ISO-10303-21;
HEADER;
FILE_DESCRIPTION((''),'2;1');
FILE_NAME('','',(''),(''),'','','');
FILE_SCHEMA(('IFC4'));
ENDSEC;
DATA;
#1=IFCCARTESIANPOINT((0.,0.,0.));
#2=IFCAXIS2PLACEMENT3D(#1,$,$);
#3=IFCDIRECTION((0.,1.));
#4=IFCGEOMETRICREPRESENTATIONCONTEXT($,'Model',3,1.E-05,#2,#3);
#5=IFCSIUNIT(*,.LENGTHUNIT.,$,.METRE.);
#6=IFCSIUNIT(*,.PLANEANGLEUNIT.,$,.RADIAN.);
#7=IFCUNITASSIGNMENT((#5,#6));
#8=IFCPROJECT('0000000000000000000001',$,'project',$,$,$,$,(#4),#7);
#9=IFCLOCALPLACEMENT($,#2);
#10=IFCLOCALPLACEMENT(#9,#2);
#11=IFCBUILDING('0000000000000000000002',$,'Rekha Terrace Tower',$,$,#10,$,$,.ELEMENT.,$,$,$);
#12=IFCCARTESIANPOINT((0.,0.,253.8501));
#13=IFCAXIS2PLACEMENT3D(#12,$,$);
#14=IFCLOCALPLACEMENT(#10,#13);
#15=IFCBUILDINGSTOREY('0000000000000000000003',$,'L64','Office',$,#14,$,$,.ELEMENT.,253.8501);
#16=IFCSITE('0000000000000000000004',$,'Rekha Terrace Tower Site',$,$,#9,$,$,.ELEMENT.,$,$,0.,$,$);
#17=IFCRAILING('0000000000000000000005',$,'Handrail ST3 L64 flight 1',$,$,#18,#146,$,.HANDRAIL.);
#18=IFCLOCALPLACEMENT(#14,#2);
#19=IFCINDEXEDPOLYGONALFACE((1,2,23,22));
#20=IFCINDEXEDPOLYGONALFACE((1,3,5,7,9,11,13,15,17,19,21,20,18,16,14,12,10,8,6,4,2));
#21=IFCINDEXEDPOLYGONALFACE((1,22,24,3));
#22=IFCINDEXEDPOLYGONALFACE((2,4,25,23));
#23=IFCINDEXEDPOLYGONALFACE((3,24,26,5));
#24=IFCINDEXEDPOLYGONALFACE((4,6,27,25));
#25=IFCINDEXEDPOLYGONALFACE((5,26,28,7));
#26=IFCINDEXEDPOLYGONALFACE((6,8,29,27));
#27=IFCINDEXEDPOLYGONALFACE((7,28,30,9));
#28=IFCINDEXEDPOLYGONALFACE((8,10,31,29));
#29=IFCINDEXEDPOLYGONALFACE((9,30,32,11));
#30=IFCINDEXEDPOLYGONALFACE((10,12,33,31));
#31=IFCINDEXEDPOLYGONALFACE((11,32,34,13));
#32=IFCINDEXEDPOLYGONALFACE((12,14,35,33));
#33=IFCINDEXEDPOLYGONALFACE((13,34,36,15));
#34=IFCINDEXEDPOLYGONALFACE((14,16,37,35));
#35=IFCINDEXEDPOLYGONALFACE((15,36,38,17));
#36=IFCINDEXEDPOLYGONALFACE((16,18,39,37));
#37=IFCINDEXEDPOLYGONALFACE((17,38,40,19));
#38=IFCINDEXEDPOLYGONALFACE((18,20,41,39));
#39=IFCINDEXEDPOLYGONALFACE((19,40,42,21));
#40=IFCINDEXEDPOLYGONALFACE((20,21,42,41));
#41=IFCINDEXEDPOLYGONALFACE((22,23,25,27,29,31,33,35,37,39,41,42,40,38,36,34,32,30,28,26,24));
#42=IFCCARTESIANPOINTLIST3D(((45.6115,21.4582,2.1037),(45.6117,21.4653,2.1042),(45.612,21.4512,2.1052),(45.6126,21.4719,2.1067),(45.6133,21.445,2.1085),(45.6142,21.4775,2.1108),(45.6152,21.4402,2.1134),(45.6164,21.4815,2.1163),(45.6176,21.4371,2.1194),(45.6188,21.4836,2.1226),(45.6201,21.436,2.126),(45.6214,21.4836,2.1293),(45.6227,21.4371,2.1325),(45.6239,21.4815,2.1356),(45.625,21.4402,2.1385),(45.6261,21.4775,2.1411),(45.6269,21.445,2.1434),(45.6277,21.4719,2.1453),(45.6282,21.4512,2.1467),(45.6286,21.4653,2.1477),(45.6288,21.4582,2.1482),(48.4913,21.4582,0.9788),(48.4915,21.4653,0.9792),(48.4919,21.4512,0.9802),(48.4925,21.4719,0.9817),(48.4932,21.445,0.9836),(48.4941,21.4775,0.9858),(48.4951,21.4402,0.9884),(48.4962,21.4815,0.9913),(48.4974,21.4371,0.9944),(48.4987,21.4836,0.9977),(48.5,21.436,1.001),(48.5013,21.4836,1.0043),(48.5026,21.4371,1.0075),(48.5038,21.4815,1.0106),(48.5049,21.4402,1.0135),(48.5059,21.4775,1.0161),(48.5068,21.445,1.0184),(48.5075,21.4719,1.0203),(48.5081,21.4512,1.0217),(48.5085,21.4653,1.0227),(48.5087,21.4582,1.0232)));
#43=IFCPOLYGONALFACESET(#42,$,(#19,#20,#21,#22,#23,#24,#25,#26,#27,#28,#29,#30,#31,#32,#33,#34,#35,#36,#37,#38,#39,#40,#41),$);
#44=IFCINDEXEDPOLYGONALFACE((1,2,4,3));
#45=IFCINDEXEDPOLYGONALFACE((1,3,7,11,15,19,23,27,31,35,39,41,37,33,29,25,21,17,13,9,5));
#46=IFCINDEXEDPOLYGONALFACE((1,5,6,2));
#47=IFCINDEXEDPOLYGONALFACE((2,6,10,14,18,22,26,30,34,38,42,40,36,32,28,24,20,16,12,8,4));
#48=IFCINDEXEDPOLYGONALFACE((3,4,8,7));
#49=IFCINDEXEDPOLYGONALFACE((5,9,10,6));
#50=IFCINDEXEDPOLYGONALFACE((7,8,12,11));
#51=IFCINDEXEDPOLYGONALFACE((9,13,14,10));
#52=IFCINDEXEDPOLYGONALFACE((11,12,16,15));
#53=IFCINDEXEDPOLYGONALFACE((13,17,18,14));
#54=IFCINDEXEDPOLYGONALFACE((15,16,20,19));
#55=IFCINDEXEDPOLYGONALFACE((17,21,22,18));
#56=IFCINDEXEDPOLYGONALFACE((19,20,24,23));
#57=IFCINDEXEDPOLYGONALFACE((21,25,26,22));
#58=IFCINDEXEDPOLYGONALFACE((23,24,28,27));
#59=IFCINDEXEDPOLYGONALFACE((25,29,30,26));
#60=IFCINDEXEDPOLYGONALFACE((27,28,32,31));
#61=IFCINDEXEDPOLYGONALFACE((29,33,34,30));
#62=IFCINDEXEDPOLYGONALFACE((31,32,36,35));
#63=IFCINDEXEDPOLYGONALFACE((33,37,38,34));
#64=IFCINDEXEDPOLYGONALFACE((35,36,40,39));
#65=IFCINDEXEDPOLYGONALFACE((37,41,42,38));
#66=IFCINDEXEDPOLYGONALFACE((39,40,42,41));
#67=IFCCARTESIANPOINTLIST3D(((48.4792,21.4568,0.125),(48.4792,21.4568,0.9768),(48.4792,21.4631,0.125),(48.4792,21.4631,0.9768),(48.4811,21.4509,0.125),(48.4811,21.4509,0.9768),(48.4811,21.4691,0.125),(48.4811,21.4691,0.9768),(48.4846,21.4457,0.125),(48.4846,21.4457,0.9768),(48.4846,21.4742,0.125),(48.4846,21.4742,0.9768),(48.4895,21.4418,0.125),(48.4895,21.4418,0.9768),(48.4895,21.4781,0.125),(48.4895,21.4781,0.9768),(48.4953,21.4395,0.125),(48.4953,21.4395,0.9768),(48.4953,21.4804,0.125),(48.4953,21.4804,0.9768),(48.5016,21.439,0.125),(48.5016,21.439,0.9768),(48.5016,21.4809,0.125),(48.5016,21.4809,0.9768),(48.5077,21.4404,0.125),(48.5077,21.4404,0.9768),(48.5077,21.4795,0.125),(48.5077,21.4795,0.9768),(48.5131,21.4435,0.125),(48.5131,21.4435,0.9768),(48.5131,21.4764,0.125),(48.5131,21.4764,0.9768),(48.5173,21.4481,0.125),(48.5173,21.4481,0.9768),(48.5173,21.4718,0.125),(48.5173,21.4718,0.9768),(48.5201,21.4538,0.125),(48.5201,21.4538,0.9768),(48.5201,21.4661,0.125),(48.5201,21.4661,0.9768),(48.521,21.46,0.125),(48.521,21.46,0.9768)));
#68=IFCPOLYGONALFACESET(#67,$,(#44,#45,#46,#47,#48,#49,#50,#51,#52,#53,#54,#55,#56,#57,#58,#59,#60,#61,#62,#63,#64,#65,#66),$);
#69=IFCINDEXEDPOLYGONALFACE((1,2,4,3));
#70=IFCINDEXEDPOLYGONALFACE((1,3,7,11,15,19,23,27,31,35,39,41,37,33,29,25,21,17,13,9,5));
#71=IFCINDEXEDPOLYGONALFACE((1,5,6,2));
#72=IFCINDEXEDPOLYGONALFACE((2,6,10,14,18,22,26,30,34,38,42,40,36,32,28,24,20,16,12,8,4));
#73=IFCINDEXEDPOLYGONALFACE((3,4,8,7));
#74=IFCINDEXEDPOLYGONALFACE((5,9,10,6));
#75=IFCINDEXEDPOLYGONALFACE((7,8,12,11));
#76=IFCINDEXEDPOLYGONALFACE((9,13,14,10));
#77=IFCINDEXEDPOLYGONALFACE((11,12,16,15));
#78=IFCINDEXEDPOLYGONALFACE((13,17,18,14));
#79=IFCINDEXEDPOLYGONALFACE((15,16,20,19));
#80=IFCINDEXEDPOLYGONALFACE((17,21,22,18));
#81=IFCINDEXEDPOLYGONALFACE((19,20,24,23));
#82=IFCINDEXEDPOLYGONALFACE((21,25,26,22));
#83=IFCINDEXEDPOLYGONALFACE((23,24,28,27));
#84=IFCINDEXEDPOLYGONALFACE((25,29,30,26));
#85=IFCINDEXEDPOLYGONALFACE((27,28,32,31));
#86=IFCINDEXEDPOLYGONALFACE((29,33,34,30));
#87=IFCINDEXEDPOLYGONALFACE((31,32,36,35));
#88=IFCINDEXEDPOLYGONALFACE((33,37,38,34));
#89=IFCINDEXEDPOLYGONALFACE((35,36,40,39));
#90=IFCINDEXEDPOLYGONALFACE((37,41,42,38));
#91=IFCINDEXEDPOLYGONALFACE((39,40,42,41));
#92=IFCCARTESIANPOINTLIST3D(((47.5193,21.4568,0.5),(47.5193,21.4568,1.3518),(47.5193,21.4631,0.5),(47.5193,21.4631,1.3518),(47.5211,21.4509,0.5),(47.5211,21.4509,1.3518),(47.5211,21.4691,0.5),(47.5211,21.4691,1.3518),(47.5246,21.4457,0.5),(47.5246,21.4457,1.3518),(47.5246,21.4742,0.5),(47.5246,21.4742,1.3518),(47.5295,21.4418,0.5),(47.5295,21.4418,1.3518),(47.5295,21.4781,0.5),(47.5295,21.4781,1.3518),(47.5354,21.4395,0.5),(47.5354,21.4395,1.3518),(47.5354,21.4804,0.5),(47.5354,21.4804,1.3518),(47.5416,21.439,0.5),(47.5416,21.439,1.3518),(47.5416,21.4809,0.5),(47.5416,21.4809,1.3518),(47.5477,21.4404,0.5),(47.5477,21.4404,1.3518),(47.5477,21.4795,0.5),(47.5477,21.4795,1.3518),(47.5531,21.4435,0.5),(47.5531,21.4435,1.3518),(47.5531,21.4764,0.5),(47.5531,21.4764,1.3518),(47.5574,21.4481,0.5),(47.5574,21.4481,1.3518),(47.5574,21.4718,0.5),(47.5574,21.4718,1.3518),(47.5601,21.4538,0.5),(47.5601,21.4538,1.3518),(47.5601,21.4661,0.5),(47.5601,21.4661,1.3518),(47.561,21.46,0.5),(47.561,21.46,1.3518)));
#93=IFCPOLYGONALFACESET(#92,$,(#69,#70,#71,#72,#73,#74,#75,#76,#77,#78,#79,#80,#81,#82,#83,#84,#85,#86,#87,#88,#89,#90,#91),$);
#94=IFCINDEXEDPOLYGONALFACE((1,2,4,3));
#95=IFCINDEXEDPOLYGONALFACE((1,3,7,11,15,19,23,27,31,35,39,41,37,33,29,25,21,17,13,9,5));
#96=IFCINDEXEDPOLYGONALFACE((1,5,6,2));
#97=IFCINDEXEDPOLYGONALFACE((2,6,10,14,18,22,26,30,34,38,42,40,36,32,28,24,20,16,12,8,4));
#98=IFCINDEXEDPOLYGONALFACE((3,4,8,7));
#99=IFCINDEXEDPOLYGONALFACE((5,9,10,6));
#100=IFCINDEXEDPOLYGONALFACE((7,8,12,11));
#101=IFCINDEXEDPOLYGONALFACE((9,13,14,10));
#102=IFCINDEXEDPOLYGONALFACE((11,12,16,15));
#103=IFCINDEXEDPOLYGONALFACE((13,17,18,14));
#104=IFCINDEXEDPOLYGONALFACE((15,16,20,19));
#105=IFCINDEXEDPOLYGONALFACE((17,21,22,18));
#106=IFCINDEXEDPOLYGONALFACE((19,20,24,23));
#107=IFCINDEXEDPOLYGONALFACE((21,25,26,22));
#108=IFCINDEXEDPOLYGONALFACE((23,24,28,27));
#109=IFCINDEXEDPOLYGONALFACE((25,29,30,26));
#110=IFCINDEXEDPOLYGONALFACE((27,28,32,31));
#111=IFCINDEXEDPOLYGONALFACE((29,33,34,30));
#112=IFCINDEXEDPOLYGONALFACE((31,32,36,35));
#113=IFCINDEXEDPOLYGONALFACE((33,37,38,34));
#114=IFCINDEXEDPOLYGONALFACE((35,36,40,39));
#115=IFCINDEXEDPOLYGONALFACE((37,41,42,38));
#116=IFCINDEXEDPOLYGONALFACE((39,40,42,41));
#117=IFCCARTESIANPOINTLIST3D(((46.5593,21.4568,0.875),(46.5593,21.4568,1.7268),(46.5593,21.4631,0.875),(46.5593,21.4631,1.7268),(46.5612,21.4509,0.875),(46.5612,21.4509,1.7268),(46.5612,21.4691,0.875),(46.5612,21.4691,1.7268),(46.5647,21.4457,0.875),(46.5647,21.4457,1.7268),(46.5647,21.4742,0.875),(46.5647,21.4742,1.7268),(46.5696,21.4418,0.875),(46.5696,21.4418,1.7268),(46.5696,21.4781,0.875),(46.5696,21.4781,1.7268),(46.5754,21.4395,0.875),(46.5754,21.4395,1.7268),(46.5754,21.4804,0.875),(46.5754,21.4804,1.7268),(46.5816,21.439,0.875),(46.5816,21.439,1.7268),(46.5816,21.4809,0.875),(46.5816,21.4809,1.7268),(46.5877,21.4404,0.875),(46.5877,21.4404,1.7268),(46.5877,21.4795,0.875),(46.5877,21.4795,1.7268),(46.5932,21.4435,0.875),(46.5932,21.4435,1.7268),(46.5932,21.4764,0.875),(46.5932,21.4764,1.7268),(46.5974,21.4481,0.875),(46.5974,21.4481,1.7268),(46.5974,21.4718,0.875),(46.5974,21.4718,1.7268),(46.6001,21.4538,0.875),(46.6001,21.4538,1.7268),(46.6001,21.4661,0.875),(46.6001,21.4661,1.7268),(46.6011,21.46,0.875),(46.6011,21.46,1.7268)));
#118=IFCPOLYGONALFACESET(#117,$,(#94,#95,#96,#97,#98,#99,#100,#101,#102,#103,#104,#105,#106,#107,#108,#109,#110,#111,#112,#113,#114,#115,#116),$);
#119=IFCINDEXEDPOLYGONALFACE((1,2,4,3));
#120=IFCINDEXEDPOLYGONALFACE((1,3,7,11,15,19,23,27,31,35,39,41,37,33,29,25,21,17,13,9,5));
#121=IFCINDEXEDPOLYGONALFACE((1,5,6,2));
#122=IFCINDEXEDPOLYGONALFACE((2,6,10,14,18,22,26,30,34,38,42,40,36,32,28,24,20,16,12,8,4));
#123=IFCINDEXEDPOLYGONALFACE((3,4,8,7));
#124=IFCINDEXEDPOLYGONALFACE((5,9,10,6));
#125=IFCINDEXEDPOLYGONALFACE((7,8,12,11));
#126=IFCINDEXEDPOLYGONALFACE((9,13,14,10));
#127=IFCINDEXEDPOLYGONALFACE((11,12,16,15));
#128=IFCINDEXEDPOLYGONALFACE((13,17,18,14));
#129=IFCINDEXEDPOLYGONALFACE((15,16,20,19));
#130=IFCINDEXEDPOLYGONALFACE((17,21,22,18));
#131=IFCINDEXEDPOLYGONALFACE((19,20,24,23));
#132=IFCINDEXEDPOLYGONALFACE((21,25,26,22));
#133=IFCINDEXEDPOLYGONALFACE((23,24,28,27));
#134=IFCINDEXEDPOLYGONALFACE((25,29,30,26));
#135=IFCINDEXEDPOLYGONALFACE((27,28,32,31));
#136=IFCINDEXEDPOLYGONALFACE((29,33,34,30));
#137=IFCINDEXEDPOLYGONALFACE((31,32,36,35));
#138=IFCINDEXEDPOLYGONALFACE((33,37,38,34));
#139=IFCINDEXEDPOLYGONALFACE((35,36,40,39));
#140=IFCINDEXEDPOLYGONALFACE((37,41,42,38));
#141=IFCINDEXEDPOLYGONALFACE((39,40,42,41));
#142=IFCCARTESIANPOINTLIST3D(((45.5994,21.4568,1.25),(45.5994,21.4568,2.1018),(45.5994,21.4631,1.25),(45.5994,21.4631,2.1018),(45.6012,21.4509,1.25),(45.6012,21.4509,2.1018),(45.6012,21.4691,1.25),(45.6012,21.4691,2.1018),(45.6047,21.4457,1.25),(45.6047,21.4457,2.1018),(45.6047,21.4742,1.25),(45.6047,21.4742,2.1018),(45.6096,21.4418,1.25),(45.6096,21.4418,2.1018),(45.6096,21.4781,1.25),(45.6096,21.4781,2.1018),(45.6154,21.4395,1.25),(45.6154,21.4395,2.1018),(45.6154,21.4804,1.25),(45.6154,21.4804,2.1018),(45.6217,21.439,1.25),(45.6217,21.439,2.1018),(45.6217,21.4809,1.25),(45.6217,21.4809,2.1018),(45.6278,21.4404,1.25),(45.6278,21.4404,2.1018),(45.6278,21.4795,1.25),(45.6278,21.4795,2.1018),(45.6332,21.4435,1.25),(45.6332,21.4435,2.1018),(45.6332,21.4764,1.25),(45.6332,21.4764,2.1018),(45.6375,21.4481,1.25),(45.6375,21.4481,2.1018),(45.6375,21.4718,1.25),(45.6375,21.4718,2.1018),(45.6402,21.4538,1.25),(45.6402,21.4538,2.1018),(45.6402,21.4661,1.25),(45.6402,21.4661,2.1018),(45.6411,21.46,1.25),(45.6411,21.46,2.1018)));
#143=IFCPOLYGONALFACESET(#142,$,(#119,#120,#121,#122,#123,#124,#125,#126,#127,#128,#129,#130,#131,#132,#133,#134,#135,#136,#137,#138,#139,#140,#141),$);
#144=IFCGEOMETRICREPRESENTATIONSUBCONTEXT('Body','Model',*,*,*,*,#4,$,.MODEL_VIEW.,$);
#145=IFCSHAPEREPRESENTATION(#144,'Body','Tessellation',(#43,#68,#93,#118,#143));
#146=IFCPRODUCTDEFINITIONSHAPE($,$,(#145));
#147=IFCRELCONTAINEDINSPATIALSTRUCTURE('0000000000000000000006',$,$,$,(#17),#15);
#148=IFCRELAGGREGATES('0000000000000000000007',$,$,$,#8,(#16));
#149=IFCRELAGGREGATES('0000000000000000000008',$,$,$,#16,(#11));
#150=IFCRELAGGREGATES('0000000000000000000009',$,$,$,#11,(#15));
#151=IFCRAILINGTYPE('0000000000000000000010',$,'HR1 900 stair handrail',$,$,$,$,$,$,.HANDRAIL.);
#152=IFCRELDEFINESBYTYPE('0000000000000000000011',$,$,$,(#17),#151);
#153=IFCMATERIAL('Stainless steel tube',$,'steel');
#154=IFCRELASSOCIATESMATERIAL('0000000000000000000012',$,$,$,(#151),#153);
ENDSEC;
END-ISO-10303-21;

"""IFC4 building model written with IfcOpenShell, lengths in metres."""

from ifc_helpers import new_model, si_unit, direction, frame, origin, origin_2d, place, context, subcontext, project, spatial, circle, extrude, material, type_object, element, save


model = new_model("IFC4")

# Units and contexts
model_context = context("Model", 3, precision=1e-05, world=origin(), true_north=direction((0.0, 1.0)))
body_context = subcontext(model_context, "Body", "Model", "MODEL_VIEW")
ifc_project = project(units=[si_unit("LENGTHUNIT", "METRE"), si_unit("PLANEANGLEUNIT", "RADIAN")], contexts=[model_context])

# Site, building, storey
site_placement = place(None, origin())
site = spatial("IfcSite", under=ifc_project, at=site_placement, Name="Rekha Terrace Tower Site", CompositionType="ELEMENT", RefElevation=0.0)
building_placement = place(site_placement, origin())
building = spatial("IfcBuilding", under=site, at=building_placement, Name="Rekha Terrace Tower", CompositionType="ELEMENT")
storey_placement = place(building_placement, frame((0.0, 0.0, 253.8501)))
storey = spatial("IfcBuildingStorey", under=building, at=storey_placement, Name="L64", Description="Office", CompositionType="ELEMENT", Elevation=253.8501)

# Railing
ifc_material_1 = material(Name="Stainless steel tube", Category="steel")
railing_type_1 = type_object("IfcRailingType", Name="HR1 900 stair handrail", PredefinedType="HANDRAIL", material=ifc_material_1)
railing_1_placement = place(storey_placement, frame((48.5, 21.46, 0.125)))
element("IfcRailing", 1, at=railing_1_placement, inside=storey, type_object=railing_type_1, Name="Handrail ST3 L64 flight 1", PredefinedType="HANDRAIL", context=body_context, shape_type="SweptSolid", body=[
    extrude(circle(Radius=0.0239, at=origin_2d()), frame((0.0, 0.0, 0.876), z_axis=(-0.931452, 0.0, 0.363863), x_axis=(0.0, -1.0, 0.0)), (0.0, 0.0, 1.0), 3.0918),
    extrude(circle(Radius=0.021, at=origin_2d()), origin(), (0.0, 0.0, 1.0), 0.8518),
    extrude(circle(Radius=0.021, at=origin_2d()), frame((-0.96, 0.0, 0.375)), (0.0, 0.0, 1.0), 0.8518),
    extrude(circle(Radius=0.021, at=origin_2d()), frame((-1.9199, 0.0, 0.75)), (0.0, 0.0, 1.0), 0.8518),
    extrude(circle(Radius=0.021, at=origin_2d()), frame((-2.8799, 0.0, 1.125)), (0.0, 0.0, 1.0), 0.8518),
])

save(model, "model.ifc")
